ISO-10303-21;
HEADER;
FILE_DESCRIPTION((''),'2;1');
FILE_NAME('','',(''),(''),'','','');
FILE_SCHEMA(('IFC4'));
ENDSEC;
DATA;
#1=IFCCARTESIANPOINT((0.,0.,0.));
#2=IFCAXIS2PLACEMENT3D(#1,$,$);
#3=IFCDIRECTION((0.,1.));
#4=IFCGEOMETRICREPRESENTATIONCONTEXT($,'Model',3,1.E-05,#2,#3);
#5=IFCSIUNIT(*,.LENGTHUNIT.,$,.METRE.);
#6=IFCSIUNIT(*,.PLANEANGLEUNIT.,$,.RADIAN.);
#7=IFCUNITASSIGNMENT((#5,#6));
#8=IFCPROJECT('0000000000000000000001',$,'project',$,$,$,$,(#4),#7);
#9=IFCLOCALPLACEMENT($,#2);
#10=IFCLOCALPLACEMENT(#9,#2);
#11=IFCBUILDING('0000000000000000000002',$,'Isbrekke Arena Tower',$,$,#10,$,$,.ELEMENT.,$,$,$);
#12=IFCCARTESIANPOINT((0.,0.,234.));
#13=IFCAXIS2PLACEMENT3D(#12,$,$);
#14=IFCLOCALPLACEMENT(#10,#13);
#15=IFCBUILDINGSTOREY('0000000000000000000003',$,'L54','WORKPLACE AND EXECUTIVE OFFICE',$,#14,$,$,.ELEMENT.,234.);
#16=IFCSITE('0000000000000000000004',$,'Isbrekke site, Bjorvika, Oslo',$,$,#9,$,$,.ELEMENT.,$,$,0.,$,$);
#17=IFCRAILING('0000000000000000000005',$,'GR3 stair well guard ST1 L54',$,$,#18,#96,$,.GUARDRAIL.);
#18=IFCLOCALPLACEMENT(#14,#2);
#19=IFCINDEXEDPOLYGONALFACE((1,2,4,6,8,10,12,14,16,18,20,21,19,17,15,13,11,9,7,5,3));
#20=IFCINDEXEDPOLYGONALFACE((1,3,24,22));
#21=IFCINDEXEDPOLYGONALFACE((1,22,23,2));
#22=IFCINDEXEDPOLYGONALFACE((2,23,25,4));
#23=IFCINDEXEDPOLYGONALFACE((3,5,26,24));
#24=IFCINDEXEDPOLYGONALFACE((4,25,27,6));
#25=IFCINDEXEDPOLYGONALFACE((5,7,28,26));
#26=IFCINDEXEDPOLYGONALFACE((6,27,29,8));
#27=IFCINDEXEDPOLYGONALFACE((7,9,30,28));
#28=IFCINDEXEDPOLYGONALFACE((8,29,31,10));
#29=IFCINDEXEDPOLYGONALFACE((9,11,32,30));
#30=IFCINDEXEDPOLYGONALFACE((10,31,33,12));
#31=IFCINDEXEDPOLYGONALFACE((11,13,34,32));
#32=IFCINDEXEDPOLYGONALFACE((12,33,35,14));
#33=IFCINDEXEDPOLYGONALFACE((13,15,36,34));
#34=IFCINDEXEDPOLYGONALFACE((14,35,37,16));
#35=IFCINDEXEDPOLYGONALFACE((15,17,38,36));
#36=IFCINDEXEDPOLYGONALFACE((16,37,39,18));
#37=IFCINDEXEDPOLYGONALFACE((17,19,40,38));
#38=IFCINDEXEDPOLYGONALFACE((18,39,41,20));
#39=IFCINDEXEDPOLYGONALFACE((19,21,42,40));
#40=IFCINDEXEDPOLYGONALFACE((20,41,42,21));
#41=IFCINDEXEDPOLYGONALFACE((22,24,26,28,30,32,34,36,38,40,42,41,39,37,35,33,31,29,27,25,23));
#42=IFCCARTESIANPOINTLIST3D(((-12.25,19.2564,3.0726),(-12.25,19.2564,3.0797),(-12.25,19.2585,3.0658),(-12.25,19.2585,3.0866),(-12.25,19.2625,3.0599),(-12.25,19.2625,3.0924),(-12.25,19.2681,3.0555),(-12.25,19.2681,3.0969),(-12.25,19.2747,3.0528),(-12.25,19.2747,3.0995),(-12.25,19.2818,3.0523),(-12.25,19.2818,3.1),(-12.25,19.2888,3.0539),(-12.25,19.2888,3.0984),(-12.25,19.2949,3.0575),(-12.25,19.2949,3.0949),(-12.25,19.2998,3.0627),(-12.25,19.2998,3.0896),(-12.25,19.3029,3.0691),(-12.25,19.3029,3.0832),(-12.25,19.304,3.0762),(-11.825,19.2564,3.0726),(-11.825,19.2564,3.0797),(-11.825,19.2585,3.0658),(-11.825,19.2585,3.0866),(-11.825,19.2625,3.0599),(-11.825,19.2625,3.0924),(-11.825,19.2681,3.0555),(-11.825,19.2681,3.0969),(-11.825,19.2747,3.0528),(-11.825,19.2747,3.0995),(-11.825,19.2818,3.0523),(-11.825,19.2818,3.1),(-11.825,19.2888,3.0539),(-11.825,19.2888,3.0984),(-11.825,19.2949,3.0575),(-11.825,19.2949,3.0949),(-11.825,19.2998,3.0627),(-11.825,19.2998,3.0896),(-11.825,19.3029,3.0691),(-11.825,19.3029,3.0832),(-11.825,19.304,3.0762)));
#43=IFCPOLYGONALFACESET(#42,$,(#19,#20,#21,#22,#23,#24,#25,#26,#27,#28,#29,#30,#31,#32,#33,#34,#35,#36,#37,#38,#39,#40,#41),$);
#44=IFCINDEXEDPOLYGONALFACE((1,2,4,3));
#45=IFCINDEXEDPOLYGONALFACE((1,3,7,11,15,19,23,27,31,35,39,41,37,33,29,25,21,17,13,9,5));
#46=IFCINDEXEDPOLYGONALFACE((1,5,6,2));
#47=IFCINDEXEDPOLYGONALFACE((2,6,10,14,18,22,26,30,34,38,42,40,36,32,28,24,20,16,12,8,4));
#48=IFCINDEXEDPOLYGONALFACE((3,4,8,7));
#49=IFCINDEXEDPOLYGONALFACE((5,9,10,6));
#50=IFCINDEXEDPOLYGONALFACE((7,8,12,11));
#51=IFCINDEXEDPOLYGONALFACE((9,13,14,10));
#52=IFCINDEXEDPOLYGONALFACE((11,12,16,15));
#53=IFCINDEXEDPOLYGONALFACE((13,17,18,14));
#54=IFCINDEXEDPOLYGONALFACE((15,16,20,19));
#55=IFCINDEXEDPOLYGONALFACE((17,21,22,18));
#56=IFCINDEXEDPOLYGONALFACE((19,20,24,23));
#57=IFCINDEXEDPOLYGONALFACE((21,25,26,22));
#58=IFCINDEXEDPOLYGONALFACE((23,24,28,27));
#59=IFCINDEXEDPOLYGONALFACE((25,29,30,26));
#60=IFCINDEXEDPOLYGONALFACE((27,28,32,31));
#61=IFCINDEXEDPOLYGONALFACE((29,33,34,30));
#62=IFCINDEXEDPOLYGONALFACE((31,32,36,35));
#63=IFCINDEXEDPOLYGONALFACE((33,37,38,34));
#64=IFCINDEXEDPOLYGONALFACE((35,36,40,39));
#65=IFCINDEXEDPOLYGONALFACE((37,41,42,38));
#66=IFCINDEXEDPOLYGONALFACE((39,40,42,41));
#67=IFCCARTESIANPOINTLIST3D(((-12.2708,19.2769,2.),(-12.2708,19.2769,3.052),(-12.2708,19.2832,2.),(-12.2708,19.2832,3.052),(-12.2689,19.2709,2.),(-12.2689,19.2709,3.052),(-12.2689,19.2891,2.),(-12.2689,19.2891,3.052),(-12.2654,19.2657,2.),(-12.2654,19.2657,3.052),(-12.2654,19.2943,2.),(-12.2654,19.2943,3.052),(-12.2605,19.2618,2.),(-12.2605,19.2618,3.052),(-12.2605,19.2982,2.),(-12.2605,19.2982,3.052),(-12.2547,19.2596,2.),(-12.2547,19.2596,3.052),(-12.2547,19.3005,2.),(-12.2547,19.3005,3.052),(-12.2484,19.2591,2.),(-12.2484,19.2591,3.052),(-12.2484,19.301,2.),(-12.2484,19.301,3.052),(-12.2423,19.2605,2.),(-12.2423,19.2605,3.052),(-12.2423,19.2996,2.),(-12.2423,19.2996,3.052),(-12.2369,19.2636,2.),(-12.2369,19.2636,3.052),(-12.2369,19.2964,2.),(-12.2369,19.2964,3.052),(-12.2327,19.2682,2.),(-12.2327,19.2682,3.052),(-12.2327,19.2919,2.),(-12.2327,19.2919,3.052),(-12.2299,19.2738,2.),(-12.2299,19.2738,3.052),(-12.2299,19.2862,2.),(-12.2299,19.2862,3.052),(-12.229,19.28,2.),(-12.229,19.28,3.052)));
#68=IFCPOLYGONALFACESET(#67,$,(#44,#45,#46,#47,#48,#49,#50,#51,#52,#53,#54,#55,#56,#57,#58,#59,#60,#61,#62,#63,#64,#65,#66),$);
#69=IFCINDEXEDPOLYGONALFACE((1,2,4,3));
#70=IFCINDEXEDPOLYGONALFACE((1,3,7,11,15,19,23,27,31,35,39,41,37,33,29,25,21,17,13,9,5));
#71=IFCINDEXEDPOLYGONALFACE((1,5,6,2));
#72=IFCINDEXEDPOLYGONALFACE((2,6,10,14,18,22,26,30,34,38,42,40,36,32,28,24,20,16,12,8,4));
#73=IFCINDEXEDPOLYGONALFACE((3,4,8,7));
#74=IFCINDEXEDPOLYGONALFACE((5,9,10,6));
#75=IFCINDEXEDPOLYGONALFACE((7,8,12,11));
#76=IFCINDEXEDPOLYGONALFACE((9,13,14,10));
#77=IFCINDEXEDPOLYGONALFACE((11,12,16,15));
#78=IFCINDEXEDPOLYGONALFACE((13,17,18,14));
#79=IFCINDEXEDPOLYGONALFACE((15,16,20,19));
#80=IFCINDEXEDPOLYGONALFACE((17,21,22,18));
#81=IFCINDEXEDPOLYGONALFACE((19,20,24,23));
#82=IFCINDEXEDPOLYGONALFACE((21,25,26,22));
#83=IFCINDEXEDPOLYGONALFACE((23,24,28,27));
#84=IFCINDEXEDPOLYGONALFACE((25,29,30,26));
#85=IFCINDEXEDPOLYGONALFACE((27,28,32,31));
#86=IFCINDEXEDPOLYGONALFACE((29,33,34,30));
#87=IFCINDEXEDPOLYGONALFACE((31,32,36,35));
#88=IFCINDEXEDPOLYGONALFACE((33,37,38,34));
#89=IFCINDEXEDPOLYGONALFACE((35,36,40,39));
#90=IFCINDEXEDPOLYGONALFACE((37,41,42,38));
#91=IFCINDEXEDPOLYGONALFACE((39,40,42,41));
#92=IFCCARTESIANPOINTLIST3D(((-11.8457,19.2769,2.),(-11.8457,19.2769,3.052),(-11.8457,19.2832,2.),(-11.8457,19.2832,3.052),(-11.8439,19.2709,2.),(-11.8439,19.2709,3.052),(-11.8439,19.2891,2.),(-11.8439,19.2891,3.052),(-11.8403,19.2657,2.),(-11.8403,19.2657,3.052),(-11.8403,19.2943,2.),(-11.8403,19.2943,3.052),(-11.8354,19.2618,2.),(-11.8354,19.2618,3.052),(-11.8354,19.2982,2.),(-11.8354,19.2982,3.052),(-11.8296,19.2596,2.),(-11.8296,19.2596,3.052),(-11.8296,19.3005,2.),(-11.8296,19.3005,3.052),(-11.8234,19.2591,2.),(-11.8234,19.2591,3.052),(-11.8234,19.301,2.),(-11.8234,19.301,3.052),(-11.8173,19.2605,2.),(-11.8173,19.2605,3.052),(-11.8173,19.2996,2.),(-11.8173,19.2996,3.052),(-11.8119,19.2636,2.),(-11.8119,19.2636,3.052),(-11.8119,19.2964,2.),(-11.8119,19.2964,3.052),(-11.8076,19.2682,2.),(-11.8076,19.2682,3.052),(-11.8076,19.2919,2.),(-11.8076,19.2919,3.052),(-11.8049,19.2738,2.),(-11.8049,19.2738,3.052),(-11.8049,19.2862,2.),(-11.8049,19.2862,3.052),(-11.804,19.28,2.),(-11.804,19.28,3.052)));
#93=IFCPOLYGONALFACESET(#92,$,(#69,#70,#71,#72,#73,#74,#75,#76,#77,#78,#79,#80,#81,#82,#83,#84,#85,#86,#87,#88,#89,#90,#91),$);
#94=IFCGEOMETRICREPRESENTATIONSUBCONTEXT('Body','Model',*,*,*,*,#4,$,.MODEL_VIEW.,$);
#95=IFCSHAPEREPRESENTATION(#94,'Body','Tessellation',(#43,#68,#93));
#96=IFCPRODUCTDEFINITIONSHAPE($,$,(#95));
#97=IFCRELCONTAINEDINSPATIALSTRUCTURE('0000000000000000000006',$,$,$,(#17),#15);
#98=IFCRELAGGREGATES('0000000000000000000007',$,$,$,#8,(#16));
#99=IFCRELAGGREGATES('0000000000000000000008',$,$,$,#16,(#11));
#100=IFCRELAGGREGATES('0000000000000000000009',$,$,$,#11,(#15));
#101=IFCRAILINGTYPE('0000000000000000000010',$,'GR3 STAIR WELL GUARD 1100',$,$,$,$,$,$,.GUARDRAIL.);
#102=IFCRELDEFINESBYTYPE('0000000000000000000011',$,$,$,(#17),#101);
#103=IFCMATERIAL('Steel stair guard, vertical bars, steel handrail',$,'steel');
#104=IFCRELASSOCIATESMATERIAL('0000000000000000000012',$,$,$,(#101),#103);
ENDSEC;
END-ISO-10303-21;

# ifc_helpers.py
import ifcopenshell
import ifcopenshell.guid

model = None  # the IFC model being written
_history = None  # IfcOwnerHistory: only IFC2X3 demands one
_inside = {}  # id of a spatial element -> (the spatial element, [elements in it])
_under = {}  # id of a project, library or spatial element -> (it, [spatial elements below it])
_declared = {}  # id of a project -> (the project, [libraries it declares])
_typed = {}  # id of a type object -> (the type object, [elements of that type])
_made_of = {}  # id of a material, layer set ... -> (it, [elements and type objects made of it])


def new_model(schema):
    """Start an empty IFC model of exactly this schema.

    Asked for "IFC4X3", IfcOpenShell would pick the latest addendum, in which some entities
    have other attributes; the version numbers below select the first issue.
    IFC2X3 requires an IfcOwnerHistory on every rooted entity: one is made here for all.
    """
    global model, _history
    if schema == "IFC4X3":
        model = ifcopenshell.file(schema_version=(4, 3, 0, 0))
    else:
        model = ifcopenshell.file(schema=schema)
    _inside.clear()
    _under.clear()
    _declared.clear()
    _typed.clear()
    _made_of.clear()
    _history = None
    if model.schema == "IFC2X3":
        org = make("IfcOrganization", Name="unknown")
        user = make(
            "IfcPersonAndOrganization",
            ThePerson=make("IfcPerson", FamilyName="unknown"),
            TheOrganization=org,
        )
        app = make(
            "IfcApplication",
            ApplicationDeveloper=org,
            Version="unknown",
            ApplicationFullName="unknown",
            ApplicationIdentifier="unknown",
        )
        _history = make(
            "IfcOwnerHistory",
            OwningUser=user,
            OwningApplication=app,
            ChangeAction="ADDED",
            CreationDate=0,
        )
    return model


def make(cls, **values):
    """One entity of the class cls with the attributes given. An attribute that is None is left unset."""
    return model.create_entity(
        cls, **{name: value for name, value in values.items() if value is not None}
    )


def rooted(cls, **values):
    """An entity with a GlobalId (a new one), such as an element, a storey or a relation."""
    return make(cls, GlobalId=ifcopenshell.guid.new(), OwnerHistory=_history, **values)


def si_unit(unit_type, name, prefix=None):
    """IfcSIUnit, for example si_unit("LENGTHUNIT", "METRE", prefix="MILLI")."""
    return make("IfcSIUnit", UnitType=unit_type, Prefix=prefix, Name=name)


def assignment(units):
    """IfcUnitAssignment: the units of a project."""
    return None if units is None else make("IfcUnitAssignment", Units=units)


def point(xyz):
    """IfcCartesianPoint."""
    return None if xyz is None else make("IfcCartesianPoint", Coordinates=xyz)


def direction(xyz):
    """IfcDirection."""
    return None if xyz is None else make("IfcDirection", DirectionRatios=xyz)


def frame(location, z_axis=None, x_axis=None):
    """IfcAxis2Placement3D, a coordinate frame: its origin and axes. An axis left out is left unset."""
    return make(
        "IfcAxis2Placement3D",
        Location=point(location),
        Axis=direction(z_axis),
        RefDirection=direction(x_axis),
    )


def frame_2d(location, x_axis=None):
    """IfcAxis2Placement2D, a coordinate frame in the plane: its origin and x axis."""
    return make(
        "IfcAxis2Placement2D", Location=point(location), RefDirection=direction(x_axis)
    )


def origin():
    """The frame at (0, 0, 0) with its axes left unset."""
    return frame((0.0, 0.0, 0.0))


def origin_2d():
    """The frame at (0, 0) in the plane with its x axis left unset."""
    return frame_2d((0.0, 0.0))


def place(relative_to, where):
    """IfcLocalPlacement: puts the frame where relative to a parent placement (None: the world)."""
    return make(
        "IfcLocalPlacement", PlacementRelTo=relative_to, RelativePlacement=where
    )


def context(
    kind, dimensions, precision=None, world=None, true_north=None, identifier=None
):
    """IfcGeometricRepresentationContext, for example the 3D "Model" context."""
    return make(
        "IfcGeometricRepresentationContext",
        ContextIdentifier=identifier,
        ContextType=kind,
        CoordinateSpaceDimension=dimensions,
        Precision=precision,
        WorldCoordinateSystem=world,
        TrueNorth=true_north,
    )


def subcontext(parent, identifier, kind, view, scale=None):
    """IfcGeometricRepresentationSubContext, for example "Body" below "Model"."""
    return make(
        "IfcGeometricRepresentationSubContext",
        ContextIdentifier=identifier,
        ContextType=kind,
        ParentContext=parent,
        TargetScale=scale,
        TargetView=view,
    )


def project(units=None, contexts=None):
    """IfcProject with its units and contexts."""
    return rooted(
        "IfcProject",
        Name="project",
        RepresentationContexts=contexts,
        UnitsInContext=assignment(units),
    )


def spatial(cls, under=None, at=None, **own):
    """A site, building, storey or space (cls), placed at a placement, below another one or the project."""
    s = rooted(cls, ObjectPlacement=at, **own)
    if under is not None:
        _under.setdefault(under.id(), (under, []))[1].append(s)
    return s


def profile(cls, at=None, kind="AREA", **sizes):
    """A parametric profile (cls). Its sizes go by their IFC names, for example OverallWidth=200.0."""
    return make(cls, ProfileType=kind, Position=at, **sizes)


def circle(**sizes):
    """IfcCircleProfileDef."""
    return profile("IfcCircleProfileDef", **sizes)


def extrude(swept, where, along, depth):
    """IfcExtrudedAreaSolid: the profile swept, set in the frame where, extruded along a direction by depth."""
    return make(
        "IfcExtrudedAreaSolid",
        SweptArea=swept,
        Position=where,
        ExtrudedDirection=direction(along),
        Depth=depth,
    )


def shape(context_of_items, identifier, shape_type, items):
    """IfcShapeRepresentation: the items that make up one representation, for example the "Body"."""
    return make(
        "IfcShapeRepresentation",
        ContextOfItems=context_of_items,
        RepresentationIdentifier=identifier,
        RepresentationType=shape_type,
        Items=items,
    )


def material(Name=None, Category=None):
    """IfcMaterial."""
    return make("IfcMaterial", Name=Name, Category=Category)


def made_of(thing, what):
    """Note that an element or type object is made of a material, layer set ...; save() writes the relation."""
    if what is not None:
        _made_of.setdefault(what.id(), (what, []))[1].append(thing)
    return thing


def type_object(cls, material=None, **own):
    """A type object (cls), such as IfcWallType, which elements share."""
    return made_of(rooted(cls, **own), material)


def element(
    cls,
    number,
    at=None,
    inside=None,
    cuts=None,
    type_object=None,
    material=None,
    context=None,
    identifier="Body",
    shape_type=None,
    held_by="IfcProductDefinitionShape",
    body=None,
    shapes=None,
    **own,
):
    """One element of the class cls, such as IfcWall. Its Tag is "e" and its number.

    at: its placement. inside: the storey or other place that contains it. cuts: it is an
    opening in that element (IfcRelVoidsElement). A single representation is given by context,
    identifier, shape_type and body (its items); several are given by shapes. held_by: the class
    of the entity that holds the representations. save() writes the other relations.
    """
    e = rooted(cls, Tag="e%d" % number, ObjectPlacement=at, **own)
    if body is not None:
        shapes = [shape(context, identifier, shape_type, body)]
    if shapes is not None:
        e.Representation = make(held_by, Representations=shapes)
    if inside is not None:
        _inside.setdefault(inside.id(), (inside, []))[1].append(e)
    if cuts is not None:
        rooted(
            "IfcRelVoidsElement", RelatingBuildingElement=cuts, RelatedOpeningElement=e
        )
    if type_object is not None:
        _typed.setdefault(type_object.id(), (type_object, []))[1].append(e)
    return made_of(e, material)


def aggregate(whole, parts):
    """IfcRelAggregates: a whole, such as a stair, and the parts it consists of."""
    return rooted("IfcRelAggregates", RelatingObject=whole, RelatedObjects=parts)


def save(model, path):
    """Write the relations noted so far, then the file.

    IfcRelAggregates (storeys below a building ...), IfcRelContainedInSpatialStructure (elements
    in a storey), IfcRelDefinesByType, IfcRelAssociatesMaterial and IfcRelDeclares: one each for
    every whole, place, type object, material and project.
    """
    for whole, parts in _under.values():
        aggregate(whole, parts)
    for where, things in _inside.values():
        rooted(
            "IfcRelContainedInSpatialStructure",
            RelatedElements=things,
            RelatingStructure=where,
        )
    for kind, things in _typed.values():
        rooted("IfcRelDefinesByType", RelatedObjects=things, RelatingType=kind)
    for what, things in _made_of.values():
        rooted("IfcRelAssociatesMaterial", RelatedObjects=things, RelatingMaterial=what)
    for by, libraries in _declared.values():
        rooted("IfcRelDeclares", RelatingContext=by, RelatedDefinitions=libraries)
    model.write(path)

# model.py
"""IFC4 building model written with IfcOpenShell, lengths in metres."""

from ifc_helpers import new_model, si_unit, direction, frame, origin, origin_2d, place, context, subcontext, project, spatial, circle, extrude, material, type_object, element, save


model = new_model("IFC4")

# Units and contexts
model_context = context("Model", 3, precision=1e-05, world=origin(), true_north=direction((0.0, 1.0)))
body_context = subcontext(model_context, "Body", "Model", "MODEL_VIEW")
ifc_project = project(units=[si_unit("LENGTHUNIT", "METRE"), si_unit("PLANEANGLEUNIT", "RADIAN")], contexts=[model_context])

# Site, building, storey
site_placement = place(None, origin())
site = spatial("IfcSite", under=ifc_project, at=site_placement, Name="Isbrekke site, Bjorvika, Oslo", CompositionType="ELEMENT", RefElevation=0.0)
building_placement = place(site_placement, origin())
building = spatial("IfcBuilding", under=site, at=building_placement, Name="Isbrekke Arena Tower", CompositionType="ELEMENT")
storey_placement = place(building_placement, frame((0.0, 0.0, 234.0)))
storey = spatial("IfcBuildingStorey", under=building, at=storey_placement, Name="L54", Description="WORKPLACE AND EXECUTIVE OFFICE", CompositionType="ELEMENT", Elevation=234.0)

# Railing
ifc_material_1 = material(Name="Steel stair guard, vertical bars, steel handrail", Category="steel")
railing_type = type_object("IfcRailingType", Name="GR3 STAIR WELL GUARD 1100", PredefinedType="GUARDRAIL", material=ifc_material_1)
for number, where, name in (
    (1, (-12.25, 19.28, 2.0), "GR3 stair well guard ST1 L54"),
):
    element("IfcRailing", number, at=place(storey_placement, frame(where)), inside=storey, type_object=railing_type, Name=name, PredefinedType="GUARDRAIL", context=body_context, shape_type="SweptSolid", body=[
        extrude(circle(Radius=0.0239, at=origin_2d()), frame((0.0, 0.0, 1.0762), z_axis=(1.0, 0.0, 0.0), x_axis=(0.0, 1.0, 0.0)), (0.0, 0.0, 1.0), 0.425),
        extrude(circle(Radius=0.021, at=origin_2d()), origin(), (0.0, 0.0, 1.0), 1.052),
        extrude(circle(Radius=0.021, at=origin_2d()), frame((0.425, 0.0, 0.0)), (0.0, 0.0, 1.0), 1.052),
    ])

save(model, "model.ifc")
